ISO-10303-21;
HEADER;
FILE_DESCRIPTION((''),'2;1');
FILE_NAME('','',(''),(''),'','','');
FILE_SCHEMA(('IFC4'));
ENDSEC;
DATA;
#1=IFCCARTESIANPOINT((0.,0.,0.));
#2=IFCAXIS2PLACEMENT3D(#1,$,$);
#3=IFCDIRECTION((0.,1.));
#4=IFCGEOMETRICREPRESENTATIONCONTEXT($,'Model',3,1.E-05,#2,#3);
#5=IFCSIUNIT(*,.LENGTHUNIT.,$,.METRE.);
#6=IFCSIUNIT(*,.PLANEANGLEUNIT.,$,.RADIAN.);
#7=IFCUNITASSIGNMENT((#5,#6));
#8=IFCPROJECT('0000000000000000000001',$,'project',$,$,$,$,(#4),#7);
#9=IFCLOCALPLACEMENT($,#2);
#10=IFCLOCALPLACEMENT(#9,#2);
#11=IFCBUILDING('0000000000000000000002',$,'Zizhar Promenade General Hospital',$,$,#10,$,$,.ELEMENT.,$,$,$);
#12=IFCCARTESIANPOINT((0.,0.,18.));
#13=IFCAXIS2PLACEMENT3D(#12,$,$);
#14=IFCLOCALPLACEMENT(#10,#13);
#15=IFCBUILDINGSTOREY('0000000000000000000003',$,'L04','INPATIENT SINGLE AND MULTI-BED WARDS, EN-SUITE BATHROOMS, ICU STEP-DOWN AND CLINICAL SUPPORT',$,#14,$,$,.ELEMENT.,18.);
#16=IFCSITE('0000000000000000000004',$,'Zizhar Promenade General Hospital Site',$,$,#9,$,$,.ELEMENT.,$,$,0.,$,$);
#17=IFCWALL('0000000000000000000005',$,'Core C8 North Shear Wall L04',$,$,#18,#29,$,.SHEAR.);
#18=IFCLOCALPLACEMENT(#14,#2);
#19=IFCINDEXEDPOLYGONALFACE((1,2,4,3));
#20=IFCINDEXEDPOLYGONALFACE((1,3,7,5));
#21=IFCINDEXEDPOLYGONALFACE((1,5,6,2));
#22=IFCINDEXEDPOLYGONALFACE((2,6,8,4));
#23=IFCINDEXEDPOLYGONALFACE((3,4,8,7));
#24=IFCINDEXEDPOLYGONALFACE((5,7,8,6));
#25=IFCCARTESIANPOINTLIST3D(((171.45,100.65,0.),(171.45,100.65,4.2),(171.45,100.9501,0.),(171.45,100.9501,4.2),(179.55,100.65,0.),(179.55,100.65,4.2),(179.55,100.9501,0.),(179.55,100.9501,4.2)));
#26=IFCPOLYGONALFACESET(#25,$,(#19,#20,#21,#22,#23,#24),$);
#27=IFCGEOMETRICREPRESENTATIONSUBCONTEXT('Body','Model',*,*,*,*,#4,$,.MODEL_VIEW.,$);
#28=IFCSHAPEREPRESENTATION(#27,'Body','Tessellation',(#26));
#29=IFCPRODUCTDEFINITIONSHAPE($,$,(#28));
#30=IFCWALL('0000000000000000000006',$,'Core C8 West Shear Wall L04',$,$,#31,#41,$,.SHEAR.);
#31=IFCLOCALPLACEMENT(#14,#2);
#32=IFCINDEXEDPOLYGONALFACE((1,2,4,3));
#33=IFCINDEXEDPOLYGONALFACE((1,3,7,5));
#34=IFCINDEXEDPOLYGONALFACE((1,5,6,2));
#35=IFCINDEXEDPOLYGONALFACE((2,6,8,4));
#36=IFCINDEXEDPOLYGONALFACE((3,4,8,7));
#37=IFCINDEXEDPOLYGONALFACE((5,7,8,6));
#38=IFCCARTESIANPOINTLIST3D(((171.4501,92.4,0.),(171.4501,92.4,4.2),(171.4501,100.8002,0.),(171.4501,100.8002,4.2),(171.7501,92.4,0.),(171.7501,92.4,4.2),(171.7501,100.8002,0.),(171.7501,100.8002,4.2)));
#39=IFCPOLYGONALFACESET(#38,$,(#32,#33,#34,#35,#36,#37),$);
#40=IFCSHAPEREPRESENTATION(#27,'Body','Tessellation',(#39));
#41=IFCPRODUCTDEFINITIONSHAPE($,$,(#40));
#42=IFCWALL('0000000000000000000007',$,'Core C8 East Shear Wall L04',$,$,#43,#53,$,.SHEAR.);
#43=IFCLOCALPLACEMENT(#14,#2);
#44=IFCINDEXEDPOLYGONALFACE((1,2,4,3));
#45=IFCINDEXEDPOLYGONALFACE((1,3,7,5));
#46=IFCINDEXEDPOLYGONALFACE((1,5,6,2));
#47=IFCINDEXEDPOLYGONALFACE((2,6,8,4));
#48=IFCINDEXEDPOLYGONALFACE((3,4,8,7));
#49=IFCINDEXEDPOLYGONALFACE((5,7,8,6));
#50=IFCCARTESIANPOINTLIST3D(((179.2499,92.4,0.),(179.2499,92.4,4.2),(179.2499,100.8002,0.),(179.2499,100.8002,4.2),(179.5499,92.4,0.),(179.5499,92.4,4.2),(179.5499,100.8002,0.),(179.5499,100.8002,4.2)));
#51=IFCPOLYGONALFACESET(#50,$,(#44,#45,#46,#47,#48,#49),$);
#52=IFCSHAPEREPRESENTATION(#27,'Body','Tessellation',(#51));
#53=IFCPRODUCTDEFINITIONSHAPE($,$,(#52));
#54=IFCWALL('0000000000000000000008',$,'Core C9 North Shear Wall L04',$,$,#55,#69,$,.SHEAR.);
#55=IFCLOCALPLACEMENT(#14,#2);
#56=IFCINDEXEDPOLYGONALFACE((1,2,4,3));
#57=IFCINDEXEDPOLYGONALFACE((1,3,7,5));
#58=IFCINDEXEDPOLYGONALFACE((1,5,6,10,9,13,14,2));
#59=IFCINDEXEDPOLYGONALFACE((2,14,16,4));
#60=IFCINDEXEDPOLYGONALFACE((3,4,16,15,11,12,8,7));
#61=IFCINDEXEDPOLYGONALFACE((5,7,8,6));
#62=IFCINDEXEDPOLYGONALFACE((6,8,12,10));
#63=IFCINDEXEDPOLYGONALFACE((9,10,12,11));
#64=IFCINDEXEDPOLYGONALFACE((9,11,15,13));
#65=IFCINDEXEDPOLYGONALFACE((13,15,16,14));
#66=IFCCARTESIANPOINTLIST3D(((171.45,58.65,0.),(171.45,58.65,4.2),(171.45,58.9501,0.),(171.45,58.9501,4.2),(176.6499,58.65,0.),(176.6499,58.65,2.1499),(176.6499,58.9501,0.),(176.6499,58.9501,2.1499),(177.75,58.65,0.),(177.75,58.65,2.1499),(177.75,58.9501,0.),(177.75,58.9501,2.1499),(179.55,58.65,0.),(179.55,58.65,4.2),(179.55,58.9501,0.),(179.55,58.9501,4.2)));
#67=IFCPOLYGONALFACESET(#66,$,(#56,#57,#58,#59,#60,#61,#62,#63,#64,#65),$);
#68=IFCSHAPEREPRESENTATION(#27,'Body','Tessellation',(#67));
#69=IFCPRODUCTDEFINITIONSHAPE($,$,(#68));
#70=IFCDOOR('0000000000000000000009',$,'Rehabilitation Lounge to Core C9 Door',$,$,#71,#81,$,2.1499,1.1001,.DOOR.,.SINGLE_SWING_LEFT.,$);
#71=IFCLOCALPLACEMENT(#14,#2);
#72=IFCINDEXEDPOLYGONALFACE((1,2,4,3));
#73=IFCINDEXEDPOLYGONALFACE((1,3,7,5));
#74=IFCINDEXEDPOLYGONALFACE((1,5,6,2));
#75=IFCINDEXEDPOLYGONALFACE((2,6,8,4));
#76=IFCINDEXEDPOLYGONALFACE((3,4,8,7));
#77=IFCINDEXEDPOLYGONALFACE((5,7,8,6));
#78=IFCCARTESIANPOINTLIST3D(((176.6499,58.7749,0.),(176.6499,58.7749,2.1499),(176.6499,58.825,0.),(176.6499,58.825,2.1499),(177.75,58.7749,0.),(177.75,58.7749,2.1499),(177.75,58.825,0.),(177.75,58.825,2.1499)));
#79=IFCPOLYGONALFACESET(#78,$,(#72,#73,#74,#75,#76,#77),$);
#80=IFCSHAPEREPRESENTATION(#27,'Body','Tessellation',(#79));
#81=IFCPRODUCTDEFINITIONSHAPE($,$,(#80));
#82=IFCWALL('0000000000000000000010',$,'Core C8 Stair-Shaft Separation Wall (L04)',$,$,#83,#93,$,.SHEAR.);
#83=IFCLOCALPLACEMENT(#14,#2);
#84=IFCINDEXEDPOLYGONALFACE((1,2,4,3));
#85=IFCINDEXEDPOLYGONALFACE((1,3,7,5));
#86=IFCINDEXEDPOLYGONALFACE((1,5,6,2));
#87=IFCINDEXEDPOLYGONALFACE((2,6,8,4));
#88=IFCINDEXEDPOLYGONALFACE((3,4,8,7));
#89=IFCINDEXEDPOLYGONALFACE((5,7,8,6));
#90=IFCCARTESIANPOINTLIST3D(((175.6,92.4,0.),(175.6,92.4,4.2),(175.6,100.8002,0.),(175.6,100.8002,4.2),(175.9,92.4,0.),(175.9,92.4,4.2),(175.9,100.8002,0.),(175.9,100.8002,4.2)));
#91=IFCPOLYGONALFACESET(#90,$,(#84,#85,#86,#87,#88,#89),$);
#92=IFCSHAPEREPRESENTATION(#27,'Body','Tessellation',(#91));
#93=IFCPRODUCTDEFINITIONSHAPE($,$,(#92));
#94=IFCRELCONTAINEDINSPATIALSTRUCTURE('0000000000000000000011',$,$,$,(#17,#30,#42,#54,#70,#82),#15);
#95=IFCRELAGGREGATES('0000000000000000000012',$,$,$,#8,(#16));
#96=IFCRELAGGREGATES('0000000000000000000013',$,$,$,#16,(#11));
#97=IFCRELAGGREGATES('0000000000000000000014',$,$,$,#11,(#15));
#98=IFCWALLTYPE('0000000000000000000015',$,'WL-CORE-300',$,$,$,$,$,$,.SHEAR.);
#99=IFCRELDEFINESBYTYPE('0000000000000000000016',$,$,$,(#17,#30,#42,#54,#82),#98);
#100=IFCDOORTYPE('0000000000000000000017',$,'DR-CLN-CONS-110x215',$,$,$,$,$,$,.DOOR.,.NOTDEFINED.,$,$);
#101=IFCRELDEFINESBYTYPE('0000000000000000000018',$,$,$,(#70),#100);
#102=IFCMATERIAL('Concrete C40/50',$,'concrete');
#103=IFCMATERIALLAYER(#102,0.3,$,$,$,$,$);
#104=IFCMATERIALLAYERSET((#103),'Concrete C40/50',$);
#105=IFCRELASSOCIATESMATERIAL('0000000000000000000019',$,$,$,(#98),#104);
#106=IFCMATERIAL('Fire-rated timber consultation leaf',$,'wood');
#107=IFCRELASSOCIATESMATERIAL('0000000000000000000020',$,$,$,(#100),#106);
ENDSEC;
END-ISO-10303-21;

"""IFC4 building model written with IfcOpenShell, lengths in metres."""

from ifc_helpers import new_model, si_unit, direction, frame, frame_2d, origin, place, context, subcontext, project, spatial, rectangle, extrude, material, layer, layer_set, type_object, element, fill, save


model = new_model("IFC4")

# Units and contexts
model_context = context("Model", 3, precision=1e-05, world=origin(), true_north=direction((0.0, 1.0)))
body_context = subcontext(model_context, "Body", "Model", "MODEL_VIEW")
ifc_project = project(units=[si_unit("LENGTHUNIT", "METRE"), si_unit("PLANEANGLEUNIT", "RADIAN")], contexts=[model_context])

# Site, building, storey
site_placement = place(None, origin())
site = spatial("IfcSite", under=ifc_project, at=site_placement, Name="Zizhar Promenade General Hospital Site", CompositionType="ELEMENT", RefElevation=0.0)
building_placement = place(site_placement, origin())
building = spatial("IfcBuilding", under=site, at=building_placement, Name="Zizhar Promenade General Hospital", CompositionType="ELEMENT")
storey_placement = place(building_placement, frame((0.0, 0.0, 18.0)))
storey = spatial("IfcBuildingStorey", under=building, at=storey_placement, Name="L04", Description="INPATIENT SINGLE AND MULTI-BED WARDS, EN-SUITE BATHROOMS, ICU STEP-DOWN AND CLINICAL SUPPORT", CompositionType="ELEMENT", Elevation=18.0)

# Walls
ifc_material_1 = material(Name="Concrete C40/50", Category="concrete")
ifc_layer_1 = layer(ifc_material_1, 0.3)
ifc_layer_set_1 = layer_set([ifc_layer_1], Name="Concrete C40/50")
wall_type_1 = type_object("IfcWallType", Name="WL-CORE-300", PredefinedType="SHEAR", material=ifc_layer_set_1)
wall_1_placement = place(storey_placement, frame((171.45, 100.8, 0.0), z_axis=(0.0, 0.0, 1.0), x_axis=(1.0, 0.0, 0.0)))
element("IfcWall", 1, at=wall_1_placement, inside=storey, type_object=wall_type_1, Name="Core C8 North Shear Wall L04", PredefinedType="SHEAR", context=body_context, shape_type="SweptSolid", body=[
    extrude(rectangle(XDim=8.1001, YDim=0.3, at=frame_2d((4.05, 0.0))), origin(), (0.0, 0.0, 1.0), 4.2),
])
for number, where, z_axis, x_axis, name in (
    (2, (171.6001, 92.3999, 0.0), (0.0, 0.0, 1.0), (0.0, 1.0, 0.0), "Core C8 West Shear Wall L04"),
    (3, (179.3999, 92.3999, 0.0), (0.0, 0.0, 1.0), (0.0, 1.0, 0.0), "Core C8 East Shear Wall L04"),
):
    element("IfcWall", number, at=place(storey_placement, frame(where, z_axis=z_axis, x_axis=x_axis)), inside=storey, type_object=wall_type_1, Name=name, PredefinedType="SHEAR", context=body_context, shape_type="SweptSolid", body=[
        extrude(rectangle(XDim=8.4001, YDim=0.3, at=frame_2d((4.2002, 0.0))), origin(), (0.0, 0.0, 1.0), 4.2),
    ])

# Wall, opening, door
wall_2_placement = place(storey_placement, frame((171.45, 58.8, 0.0), z_axis=(0.0, 0.0, 1.0), x_axis=(1.0, 0.0, 0.0)))
wall_2 = element("IfcWall", 4, at=wall_2_placement, inside=storey, type_object=wall_type_1, Name="Core C9 North Shear Wall L04", PredefinedType="SHEAR", context=body_context, shape_type="SweptSolid", body=[
    extrude(rectangle(XDim=8.1001, YDim=0.3, at=frame_2d((4.05, 0.0))), origin(), (0.0, 0.0, 1.0), 4.2),
])
opening_1_placement = place(wall_2_placement, frame((5.2, 0.0, 0.0)))
opening_1 = element("IfcOpeningElement", 5, at=opening_1_placement, cuts=wall_2, PredefinedType="OPENING", context=body_context, shape_type="SweptSolid", body=[
    extrude(rectangle(XDim=1.1001, YDim=2.1499, at=frame_2d((0.55, 1.075))), frame((0.0, 0.1602, 0.0), z_axis=(0.0, -1.0, 0.0), x_axis=(1.0, 0.0, 0.0)), (0.0, 0.0, 1.0), 0.3201),
])
ifc_material_2 = material(Name="Fire-rated timber consultation leaf", Category="wood")
door_type_1 = type_object("IfcDoorType", Name="DR-CLN-CONS-110x215", OperationType="NOTDEFINED", PredefinedType="DOOR", material=ifc_material_2)
door_1_placement = place(opening_1_placement, origin())
door_1 = element("IfcDoor", 6, at=door_1_placement, inside=storey, type_object=door_type_1, Name="Rehabilitation Lounge to Core C9 Door", OperationType="SINGLE_SWING_LEFT", OverallHeight=2.1499, OverallWidth=1.1001, PredefinedType="DOOR", context=body_context, shape_type="SweptSolid", body=[
    extrude(rectangle(XDim=1.1001, YDim=2.1499, at=frame_2d((0.55, 1.075))), frame((0.0, 0.0249, 0.0), z_axis=(0.0, -1.0, 0.0), x_axis=(1.0, 0.0, 0.0)), (0.0, 0.0, 1.0), 0.05),
])
fill(opening_1, door_1)

# Wall
wall_3_placement = place(storey_placement, frame((175.75, 92.3999, 0.0), z_axis=(0.0, 0.0, 1.0), x_axis=(0.0, 1.0, 0.0)))
element("IfcWall", 7, at=wall_3_placement, inside=storey, type_object=wall_type_1, Name="Core C8 Stair-Shaft Separation Wall (L04)", PredefinedType="SHEAR", context=body_context, shape_type="SweptSolid", body=[
    extrude(rectangle(XDim=8.4001, YDim=0.3, at=frame_2d((4.2002, 0.0))), origin(), (0.0, 0.0, 1.0), 4.2),
])

save(model, "model.ifc")
